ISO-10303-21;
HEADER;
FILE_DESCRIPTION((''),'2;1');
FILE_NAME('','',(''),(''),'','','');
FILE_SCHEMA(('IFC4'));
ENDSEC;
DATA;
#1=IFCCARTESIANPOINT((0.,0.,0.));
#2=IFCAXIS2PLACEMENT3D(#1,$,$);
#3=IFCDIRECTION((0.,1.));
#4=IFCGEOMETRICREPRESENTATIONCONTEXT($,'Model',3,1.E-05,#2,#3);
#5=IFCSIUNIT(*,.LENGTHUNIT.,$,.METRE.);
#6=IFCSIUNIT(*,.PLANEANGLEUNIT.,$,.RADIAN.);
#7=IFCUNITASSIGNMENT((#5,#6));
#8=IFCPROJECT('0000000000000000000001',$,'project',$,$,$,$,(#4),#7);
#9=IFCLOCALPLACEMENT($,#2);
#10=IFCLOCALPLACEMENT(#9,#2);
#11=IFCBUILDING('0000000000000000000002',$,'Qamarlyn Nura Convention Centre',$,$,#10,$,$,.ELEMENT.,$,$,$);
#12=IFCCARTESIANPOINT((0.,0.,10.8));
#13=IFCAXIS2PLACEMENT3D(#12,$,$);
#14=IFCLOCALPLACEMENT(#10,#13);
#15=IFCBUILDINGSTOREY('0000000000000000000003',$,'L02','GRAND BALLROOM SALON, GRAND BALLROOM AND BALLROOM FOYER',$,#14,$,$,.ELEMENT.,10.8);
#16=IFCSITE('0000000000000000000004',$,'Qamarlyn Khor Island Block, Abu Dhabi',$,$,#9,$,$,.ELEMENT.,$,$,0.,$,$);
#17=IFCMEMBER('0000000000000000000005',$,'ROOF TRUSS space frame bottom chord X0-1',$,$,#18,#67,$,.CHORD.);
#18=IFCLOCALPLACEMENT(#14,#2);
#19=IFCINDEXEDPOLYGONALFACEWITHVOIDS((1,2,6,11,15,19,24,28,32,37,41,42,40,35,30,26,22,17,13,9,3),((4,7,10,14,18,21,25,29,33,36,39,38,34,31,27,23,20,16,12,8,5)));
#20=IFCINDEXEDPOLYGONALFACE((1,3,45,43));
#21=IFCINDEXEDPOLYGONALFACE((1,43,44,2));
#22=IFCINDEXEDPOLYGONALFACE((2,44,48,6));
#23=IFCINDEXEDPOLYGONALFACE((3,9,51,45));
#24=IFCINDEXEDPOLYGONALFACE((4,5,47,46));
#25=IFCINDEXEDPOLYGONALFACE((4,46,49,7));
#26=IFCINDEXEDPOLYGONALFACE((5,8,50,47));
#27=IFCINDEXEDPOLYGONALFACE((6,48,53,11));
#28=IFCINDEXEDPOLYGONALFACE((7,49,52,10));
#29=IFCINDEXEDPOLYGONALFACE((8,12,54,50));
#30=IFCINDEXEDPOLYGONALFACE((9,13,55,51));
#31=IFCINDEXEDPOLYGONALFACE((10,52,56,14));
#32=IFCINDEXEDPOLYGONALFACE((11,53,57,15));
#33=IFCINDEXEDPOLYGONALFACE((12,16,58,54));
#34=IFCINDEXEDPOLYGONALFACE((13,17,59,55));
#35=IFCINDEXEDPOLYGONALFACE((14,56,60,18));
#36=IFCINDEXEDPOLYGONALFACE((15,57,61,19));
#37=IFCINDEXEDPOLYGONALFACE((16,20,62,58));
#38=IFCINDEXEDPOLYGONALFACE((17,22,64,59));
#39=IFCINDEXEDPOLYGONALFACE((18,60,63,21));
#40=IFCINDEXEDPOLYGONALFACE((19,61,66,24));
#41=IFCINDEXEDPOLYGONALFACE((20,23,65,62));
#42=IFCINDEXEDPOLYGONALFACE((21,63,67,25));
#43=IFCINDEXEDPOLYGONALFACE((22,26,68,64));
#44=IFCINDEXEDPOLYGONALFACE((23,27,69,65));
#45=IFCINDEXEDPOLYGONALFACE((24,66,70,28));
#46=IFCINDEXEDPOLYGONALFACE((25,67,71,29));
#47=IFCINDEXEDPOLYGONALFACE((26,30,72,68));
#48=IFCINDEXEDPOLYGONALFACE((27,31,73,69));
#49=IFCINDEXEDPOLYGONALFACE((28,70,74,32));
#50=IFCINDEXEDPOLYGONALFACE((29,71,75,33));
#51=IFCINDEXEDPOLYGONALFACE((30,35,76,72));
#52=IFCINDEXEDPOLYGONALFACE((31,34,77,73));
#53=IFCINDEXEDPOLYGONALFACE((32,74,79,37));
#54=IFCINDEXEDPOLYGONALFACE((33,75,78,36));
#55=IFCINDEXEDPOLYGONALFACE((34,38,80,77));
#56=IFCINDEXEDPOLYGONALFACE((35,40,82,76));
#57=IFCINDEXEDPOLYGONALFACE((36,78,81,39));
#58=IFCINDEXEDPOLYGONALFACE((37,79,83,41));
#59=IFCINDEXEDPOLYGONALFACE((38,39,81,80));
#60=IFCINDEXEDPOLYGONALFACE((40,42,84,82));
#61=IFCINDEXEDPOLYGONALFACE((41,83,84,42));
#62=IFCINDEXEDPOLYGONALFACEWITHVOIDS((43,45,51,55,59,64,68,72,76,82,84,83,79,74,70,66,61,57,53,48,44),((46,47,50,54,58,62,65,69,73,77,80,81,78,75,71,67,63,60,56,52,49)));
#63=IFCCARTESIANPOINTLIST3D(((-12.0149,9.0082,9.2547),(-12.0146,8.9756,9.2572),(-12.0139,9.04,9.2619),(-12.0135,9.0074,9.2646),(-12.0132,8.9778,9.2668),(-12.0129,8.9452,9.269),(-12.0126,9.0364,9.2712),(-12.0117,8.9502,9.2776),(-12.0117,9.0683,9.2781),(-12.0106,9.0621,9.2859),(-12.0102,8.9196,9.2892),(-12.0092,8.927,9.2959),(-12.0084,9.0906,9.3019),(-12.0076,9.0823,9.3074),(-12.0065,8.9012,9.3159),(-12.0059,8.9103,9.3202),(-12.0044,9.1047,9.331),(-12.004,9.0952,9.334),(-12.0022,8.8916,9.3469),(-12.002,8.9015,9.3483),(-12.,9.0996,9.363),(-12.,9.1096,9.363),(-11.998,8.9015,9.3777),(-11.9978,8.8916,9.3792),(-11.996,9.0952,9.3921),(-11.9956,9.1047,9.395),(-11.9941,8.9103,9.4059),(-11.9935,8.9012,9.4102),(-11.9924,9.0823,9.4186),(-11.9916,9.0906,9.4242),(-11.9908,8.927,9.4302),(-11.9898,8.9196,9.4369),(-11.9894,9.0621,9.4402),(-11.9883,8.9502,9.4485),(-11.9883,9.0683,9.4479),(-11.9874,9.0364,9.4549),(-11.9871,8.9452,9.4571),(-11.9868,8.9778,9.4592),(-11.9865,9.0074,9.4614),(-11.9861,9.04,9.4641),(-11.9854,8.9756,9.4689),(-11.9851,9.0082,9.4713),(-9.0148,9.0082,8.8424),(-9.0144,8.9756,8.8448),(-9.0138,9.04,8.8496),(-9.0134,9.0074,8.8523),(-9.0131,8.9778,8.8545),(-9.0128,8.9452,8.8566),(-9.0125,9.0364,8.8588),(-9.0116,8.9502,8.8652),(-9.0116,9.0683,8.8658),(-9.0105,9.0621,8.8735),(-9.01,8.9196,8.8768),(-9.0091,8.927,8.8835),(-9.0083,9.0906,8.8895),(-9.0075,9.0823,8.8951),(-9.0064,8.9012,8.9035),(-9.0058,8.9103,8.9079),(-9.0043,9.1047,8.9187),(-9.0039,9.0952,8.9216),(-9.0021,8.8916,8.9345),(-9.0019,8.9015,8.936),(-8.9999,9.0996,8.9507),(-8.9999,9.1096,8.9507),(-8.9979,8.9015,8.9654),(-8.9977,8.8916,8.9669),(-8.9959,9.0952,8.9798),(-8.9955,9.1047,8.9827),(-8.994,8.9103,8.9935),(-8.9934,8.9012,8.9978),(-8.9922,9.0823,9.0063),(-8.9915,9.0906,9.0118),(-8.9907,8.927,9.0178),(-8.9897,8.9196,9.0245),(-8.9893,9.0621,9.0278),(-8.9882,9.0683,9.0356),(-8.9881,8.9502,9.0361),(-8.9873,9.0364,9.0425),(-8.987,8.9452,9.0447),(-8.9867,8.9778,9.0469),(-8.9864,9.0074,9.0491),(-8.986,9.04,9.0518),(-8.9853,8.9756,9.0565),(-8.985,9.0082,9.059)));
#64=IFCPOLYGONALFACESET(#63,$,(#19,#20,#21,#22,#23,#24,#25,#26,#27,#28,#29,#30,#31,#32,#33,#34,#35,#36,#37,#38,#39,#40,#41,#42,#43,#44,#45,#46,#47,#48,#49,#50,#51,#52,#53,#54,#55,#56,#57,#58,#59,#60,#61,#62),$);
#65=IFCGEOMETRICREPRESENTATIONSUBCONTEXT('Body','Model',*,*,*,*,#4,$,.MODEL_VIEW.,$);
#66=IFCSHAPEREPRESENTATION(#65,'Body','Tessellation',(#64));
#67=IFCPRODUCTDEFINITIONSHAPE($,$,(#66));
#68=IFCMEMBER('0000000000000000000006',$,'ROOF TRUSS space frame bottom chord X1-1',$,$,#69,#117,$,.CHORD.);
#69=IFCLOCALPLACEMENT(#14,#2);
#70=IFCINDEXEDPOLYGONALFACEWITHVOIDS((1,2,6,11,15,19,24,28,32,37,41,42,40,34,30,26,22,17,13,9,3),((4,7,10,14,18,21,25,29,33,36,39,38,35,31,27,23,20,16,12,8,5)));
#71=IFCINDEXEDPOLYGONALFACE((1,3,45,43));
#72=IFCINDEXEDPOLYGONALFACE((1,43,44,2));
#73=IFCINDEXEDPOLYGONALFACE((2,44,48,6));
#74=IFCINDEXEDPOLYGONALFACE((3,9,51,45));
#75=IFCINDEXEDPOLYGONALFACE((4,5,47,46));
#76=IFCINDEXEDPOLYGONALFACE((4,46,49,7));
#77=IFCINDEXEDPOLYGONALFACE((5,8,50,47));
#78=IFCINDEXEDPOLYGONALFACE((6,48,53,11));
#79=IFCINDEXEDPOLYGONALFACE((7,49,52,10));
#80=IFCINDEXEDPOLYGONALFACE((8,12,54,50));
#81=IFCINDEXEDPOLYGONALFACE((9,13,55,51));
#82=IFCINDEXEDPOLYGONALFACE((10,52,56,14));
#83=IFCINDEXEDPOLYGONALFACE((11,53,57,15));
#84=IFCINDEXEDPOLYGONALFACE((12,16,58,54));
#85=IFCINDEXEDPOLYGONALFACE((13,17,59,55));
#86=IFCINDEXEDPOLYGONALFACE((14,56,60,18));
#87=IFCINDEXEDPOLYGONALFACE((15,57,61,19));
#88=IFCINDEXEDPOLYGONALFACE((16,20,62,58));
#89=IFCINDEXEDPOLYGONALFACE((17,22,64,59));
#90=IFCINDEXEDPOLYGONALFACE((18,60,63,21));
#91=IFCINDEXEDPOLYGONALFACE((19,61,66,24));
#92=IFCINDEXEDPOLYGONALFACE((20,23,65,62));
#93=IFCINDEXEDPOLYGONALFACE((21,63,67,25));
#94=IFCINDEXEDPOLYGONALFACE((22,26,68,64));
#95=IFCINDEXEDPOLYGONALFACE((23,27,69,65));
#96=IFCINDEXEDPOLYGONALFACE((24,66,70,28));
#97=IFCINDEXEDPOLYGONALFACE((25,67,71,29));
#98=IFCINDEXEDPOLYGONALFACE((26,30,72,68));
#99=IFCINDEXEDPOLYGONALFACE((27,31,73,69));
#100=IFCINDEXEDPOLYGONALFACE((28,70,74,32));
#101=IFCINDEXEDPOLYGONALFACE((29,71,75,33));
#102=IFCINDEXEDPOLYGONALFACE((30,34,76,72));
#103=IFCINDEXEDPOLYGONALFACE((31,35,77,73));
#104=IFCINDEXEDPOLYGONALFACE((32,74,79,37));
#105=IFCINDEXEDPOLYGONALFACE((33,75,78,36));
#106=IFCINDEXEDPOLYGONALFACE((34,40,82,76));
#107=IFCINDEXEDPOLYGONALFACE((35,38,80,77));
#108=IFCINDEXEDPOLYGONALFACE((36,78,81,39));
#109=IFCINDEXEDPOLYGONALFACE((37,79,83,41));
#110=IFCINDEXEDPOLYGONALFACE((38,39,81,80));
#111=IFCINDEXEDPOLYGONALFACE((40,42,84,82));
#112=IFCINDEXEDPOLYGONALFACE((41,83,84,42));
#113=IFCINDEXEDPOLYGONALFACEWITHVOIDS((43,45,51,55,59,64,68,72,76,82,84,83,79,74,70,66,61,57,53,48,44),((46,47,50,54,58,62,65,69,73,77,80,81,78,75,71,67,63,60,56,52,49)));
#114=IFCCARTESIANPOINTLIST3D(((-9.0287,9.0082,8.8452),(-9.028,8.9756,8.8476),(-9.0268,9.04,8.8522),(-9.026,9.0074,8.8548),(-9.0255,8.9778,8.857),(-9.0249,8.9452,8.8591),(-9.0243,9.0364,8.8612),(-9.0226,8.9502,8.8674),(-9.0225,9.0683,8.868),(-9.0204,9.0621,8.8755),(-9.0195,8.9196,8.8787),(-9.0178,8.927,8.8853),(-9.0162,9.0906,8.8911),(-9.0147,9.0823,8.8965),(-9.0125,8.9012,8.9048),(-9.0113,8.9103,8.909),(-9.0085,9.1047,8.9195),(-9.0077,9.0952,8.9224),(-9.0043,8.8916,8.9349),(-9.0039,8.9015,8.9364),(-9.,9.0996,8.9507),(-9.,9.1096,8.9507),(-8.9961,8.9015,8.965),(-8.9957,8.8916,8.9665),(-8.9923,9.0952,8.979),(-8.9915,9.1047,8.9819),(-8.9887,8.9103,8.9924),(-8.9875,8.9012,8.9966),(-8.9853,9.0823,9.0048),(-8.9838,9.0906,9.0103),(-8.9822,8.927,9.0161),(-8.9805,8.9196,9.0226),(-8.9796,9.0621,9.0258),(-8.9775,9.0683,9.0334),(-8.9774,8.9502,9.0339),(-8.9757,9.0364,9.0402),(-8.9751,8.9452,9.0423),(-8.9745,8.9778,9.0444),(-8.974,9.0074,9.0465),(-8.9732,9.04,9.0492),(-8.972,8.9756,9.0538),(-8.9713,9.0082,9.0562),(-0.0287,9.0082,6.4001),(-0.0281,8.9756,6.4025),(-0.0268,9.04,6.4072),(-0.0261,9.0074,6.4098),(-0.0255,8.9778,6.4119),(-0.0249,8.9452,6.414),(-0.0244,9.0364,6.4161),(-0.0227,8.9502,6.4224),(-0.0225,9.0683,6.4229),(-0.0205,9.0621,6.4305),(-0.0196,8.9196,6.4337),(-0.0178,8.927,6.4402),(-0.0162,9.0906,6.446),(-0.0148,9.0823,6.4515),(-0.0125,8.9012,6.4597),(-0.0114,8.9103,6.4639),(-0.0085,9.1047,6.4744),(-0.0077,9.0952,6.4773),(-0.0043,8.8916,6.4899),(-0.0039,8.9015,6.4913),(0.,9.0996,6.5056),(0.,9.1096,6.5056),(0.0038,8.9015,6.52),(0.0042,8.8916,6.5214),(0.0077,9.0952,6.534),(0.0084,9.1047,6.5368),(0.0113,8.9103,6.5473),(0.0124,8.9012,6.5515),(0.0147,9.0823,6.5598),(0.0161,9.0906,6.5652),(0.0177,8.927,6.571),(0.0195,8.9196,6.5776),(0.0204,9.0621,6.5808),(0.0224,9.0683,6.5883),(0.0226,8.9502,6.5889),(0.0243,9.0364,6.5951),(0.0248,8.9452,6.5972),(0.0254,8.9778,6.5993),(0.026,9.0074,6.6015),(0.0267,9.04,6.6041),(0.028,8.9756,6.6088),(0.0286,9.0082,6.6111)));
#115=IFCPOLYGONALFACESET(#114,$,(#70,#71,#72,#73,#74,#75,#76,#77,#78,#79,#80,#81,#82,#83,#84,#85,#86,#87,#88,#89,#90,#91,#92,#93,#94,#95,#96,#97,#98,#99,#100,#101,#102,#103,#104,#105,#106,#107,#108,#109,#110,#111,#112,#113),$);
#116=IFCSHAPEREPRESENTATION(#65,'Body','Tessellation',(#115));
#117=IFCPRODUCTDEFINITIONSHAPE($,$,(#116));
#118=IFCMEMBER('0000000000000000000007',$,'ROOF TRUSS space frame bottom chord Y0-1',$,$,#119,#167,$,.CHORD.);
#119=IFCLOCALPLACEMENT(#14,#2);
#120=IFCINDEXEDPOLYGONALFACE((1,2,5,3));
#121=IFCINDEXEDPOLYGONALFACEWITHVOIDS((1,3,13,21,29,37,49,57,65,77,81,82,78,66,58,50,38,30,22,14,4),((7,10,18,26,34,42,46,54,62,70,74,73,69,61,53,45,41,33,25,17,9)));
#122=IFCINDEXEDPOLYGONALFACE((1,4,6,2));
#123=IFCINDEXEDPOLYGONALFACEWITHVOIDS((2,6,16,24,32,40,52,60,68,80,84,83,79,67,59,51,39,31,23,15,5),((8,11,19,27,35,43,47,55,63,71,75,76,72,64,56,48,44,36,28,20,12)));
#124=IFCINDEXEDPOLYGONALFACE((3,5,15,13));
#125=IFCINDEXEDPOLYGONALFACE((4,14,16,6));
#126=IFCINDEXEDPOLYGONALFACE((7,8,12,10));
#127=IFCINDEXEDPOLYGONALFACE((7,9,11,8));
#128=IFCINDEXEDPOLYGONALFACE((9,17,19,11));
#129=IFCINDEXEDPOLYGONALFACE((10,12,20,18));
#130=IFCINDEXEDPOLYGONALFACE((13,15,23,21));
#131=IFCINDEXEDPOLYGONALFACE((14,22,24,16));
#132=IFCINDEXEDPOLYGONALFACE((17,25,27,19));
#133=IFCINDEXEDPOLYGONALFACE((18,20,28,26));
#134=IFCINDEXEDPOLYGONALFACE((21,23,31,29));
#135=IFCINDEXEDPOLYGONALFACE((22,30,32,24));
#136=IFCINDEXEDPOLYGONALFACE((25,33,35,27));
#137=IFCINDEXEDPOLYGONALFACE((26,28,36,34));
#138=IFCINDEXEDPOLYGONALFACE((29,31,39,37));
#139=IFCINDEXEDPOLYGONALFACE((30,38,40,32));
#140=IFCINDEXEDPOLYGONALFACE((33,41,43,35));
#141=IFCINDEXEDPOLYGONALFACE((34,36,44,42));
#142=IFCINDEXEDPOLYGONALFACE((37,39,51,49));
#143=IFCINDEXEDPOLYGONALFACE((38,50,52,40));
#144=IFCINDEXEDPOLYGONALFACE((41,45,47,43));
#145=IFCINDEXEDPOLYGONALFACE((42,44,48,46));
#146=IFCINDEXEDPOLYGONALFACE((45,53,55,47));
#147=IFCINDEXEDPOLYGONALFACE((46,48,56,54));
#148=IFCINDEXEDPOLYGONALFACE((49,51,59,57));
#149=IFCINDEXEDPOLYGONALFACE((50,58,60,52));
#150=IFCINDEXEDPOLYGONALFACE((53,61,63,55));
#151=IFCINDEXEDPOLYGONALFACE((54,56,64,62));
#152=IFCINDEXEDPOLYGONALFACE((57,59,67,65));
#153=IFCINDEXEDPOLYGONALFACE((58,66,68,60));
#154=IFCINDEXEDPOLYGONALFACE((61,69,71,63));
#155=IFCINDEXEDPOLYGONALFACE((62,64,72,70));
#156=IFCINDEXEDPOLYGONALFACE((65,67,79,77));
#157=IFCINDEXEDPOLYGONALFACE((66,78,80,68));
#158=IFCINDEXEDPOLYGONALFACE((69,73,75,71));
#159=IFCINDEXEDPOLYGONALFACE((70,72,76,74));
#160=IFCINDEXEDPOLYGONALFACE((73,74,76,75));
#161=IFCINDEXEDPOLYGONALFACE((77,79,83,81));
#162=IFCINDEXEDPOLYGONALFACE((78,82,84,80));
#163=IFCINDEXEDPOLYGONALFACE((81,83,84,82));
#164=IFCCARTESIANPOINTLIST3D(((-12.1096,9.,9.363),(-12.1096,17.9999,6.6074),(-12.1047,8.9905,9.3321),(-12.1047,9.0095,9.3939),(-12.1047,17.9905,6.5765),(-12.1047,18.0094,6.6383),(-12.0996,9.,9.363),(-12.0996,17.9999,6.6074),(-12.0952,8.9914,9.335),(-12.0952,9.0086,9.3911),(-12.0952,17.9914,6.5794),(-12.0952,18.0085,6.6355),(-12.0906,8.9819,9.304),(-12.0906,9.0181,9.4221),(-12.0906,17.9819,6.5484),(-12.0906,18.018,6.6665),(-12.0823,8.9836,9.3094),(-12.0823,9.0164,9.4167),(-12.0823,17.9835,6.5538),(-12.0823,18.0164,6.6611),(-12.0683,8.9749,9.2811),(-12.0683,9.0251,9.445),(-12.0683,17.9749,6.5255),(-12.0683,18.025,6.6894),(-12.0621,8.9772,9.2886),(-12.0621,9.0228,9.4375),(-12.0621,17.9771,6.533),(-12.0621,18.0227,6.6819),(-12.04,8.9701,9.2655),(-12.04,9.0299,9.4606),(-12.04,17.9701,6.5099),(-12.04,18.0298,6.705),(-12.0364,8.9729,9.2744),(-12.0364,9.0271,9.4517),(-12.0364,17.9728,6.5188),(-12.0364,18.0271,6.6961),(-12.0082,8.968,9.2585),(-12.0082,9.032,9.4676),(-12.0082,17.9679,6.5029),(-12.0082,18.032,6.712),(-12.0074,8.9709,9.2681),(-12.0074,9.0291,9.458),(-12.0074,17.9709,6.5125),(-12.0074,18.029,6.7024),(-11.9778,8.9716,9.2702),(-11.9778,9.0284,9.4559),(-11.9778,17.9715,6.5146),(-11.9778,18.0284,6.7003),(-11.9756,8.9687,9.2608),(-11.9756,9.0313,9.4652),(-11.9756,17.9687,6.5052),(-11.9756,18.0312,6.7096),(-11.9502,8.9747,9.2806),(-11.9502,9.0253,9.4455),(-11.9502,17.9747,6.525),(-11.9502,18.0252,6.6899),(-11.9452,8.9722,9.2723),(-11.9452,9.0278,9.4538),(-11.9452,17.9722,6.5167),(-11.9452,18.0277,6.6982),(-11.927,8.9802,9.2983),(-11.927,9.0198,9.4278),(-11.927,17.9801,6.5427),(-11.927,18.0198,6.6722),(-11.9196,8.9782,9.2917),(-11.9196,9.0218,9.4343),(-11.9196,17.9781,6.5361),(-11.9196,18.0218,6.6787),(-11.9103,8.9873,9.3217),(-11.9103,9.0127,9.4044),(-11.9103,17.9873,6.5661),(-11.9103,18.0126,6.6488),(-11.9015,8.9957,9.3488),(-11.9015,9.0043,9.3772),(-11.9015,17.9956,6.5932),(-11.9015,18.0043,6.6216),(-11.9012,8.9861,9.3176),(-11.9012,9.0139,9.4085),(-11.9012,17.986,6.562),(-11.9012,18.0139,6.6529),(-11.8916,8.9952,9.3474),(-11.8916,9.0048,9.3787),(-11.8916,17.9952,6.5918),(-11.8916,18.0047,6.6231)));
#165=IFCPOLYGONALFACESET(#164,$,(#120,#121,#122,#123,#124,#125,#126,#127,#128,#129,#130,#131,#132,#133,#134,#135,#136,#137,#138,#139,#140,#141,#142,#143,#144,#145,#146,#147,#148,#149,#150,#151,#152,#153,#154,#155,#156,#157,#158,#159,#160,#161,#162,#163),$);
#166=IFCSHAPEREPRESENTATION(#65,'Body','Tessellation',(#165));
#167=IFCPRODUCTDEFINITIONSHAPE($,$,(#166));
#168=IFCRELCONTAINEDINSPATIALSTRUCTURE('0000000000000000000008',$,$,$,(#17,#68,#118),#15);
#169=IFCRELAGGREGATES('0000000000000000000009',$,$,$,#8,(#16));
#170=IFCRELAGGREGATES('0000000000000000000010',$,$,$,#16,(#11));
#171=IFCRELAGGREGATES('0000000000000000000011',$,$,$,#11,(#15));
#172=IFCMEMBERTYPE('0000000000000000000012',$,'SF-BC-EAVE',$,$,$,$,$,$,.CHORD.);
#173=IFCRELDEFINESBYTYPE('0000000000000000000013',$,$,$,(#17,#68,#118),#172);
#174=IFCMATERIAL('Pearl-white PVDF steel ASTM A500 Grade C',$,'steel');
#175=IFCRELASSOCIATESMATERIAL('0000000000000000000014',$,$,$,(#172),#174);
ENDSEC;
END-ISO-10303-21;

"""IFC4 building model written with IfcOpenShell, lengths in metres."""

from ifc_helpers import new_model, si_unit, direction, frame, origin, origin_2d, place, context, subcontext, project, spatial, hollow_circle, extrude, material, material_profile, profile_set, type_object, element, save


model = new_model("IFC4")

# Units and contexts
model_context = context("Model", 3, precision=1e-05, world=origin(), true_north=direction((0.0, 1.0)))
body_context = subcontext(model_context, "Body", "Model", "MODEL_VIEW")
ifc_project = project(units=[si_unit("LENGTHUNIT", "METRE"), si_unit("PLANEANGLEUNIT", "RADIAN")], contexts=[model_context])

# Site, building, storey
site_placement = place(None, origin())
site = spatial("IfcSite", under=ifc_project, at=site_placement, Name="Qamarlyn Khor Island Block, Abu Dhabi", CompositionType="ELEMENT", RefElevation=0.0)
building_placement = place(site_placement, origin())
building = spatial("IfcBuilding", under=site, at=building_placement, Name="Qamarlyn Nura Convention Centre", CompositionType="ELEMENT")
storey_placement = place(building_placement, frame((0.0, 0.0, 10.8)))
storey = spatial("IfcBuildingStorey", under=building, at=storey_placement, Name="L02", Description="GRAND BALLROOM SALON, GRAND BALLROOM AND BALLROOM FOYER", CompositionType="ELEMENT", Elevation=10.8)

# Members
ifc_material_1 = material(Name="Pearl-white PVDF steel ASTM A500 Grade C", Category="steel")
ifc_material_profile_1 = material_profile(ifc_material_1, hollow_circle(Radius=0.1096, WallThickness=0.01, at=origin_2d()), Name="CHS219.1X10")
ifc_profile_set_1 = profile_set([ifc_material_profile_1], Name="Pearl-white PVDF steel ASTM A500 Grade C")
member_type_1 = type_object("IfcMemberType", Name="SF-BC-EAVE", PredefinedType="CHORD", material=ifc_profile_set_1)
member_1_placement = place(storey_placement, frame((-12.0, 9.0, 9.363), z_axis=(0.990685, 0.0, -0.136171), x_axis=(0.0, 1.0, 0.0)))
element("IfcMember", 1, at=member_1_placement, inside=storey, type_object=member_type_1, Name="ROOF TRUSS space frame bottom chord X0-1", PredefinedType="CHORD", context=body_context, shape_type="SweptSolid", body=[
    extrude(hollow_circle(Radius=0.1096, WallThickness=0.01, at=origin_2d()), origin(), (0.0, 0.0, 1.0), 3.0283),
])
member_2_placement = place(storey_placement, frame((-9.0, 9.0, 8.9507), z_axis=(0.965021, 0.0, -0.262171), x_axis=(0.0, 1.0, 0.0)))
element("IfcMember", 2, at=member_2_placement, inside=storey, type_object=member_type_1, Name="ROOF TRUSS space frame bottom chord X1-1", PredefinedType="CHORD", context=body_context, shape_type="SweptSolid", body=[
    extrude(hollow_circle(Radius=0.1096, WallThickness=0.01, at=origin_2d()), origin(), (0.0, 0.0, 1.0), 9.3262),
])
member_3_placement = place(storey_placement, frame((-12.0, 9.0, 9.363), z_axis=(0.0, 0.956185, -0.292764), x_axis=(-1.0, 0.0, 0.0)))
element("IfcMember", 3, at=member_3_placement, inside=storey, type_object=member_type_1, Name="ROOF TRUSS space frame bottom chord Y0-1", PredefinedType="CHORD", context=body_context, shape_type="SweptSolid", body=[
    extrude(hollow_circle(Radius=0.1096, WallThickness=0.01, at=origin_2d()), origin(), (0.0, 0.0, 1.0), 9.4124),
])

save(model, "model.ifc")
